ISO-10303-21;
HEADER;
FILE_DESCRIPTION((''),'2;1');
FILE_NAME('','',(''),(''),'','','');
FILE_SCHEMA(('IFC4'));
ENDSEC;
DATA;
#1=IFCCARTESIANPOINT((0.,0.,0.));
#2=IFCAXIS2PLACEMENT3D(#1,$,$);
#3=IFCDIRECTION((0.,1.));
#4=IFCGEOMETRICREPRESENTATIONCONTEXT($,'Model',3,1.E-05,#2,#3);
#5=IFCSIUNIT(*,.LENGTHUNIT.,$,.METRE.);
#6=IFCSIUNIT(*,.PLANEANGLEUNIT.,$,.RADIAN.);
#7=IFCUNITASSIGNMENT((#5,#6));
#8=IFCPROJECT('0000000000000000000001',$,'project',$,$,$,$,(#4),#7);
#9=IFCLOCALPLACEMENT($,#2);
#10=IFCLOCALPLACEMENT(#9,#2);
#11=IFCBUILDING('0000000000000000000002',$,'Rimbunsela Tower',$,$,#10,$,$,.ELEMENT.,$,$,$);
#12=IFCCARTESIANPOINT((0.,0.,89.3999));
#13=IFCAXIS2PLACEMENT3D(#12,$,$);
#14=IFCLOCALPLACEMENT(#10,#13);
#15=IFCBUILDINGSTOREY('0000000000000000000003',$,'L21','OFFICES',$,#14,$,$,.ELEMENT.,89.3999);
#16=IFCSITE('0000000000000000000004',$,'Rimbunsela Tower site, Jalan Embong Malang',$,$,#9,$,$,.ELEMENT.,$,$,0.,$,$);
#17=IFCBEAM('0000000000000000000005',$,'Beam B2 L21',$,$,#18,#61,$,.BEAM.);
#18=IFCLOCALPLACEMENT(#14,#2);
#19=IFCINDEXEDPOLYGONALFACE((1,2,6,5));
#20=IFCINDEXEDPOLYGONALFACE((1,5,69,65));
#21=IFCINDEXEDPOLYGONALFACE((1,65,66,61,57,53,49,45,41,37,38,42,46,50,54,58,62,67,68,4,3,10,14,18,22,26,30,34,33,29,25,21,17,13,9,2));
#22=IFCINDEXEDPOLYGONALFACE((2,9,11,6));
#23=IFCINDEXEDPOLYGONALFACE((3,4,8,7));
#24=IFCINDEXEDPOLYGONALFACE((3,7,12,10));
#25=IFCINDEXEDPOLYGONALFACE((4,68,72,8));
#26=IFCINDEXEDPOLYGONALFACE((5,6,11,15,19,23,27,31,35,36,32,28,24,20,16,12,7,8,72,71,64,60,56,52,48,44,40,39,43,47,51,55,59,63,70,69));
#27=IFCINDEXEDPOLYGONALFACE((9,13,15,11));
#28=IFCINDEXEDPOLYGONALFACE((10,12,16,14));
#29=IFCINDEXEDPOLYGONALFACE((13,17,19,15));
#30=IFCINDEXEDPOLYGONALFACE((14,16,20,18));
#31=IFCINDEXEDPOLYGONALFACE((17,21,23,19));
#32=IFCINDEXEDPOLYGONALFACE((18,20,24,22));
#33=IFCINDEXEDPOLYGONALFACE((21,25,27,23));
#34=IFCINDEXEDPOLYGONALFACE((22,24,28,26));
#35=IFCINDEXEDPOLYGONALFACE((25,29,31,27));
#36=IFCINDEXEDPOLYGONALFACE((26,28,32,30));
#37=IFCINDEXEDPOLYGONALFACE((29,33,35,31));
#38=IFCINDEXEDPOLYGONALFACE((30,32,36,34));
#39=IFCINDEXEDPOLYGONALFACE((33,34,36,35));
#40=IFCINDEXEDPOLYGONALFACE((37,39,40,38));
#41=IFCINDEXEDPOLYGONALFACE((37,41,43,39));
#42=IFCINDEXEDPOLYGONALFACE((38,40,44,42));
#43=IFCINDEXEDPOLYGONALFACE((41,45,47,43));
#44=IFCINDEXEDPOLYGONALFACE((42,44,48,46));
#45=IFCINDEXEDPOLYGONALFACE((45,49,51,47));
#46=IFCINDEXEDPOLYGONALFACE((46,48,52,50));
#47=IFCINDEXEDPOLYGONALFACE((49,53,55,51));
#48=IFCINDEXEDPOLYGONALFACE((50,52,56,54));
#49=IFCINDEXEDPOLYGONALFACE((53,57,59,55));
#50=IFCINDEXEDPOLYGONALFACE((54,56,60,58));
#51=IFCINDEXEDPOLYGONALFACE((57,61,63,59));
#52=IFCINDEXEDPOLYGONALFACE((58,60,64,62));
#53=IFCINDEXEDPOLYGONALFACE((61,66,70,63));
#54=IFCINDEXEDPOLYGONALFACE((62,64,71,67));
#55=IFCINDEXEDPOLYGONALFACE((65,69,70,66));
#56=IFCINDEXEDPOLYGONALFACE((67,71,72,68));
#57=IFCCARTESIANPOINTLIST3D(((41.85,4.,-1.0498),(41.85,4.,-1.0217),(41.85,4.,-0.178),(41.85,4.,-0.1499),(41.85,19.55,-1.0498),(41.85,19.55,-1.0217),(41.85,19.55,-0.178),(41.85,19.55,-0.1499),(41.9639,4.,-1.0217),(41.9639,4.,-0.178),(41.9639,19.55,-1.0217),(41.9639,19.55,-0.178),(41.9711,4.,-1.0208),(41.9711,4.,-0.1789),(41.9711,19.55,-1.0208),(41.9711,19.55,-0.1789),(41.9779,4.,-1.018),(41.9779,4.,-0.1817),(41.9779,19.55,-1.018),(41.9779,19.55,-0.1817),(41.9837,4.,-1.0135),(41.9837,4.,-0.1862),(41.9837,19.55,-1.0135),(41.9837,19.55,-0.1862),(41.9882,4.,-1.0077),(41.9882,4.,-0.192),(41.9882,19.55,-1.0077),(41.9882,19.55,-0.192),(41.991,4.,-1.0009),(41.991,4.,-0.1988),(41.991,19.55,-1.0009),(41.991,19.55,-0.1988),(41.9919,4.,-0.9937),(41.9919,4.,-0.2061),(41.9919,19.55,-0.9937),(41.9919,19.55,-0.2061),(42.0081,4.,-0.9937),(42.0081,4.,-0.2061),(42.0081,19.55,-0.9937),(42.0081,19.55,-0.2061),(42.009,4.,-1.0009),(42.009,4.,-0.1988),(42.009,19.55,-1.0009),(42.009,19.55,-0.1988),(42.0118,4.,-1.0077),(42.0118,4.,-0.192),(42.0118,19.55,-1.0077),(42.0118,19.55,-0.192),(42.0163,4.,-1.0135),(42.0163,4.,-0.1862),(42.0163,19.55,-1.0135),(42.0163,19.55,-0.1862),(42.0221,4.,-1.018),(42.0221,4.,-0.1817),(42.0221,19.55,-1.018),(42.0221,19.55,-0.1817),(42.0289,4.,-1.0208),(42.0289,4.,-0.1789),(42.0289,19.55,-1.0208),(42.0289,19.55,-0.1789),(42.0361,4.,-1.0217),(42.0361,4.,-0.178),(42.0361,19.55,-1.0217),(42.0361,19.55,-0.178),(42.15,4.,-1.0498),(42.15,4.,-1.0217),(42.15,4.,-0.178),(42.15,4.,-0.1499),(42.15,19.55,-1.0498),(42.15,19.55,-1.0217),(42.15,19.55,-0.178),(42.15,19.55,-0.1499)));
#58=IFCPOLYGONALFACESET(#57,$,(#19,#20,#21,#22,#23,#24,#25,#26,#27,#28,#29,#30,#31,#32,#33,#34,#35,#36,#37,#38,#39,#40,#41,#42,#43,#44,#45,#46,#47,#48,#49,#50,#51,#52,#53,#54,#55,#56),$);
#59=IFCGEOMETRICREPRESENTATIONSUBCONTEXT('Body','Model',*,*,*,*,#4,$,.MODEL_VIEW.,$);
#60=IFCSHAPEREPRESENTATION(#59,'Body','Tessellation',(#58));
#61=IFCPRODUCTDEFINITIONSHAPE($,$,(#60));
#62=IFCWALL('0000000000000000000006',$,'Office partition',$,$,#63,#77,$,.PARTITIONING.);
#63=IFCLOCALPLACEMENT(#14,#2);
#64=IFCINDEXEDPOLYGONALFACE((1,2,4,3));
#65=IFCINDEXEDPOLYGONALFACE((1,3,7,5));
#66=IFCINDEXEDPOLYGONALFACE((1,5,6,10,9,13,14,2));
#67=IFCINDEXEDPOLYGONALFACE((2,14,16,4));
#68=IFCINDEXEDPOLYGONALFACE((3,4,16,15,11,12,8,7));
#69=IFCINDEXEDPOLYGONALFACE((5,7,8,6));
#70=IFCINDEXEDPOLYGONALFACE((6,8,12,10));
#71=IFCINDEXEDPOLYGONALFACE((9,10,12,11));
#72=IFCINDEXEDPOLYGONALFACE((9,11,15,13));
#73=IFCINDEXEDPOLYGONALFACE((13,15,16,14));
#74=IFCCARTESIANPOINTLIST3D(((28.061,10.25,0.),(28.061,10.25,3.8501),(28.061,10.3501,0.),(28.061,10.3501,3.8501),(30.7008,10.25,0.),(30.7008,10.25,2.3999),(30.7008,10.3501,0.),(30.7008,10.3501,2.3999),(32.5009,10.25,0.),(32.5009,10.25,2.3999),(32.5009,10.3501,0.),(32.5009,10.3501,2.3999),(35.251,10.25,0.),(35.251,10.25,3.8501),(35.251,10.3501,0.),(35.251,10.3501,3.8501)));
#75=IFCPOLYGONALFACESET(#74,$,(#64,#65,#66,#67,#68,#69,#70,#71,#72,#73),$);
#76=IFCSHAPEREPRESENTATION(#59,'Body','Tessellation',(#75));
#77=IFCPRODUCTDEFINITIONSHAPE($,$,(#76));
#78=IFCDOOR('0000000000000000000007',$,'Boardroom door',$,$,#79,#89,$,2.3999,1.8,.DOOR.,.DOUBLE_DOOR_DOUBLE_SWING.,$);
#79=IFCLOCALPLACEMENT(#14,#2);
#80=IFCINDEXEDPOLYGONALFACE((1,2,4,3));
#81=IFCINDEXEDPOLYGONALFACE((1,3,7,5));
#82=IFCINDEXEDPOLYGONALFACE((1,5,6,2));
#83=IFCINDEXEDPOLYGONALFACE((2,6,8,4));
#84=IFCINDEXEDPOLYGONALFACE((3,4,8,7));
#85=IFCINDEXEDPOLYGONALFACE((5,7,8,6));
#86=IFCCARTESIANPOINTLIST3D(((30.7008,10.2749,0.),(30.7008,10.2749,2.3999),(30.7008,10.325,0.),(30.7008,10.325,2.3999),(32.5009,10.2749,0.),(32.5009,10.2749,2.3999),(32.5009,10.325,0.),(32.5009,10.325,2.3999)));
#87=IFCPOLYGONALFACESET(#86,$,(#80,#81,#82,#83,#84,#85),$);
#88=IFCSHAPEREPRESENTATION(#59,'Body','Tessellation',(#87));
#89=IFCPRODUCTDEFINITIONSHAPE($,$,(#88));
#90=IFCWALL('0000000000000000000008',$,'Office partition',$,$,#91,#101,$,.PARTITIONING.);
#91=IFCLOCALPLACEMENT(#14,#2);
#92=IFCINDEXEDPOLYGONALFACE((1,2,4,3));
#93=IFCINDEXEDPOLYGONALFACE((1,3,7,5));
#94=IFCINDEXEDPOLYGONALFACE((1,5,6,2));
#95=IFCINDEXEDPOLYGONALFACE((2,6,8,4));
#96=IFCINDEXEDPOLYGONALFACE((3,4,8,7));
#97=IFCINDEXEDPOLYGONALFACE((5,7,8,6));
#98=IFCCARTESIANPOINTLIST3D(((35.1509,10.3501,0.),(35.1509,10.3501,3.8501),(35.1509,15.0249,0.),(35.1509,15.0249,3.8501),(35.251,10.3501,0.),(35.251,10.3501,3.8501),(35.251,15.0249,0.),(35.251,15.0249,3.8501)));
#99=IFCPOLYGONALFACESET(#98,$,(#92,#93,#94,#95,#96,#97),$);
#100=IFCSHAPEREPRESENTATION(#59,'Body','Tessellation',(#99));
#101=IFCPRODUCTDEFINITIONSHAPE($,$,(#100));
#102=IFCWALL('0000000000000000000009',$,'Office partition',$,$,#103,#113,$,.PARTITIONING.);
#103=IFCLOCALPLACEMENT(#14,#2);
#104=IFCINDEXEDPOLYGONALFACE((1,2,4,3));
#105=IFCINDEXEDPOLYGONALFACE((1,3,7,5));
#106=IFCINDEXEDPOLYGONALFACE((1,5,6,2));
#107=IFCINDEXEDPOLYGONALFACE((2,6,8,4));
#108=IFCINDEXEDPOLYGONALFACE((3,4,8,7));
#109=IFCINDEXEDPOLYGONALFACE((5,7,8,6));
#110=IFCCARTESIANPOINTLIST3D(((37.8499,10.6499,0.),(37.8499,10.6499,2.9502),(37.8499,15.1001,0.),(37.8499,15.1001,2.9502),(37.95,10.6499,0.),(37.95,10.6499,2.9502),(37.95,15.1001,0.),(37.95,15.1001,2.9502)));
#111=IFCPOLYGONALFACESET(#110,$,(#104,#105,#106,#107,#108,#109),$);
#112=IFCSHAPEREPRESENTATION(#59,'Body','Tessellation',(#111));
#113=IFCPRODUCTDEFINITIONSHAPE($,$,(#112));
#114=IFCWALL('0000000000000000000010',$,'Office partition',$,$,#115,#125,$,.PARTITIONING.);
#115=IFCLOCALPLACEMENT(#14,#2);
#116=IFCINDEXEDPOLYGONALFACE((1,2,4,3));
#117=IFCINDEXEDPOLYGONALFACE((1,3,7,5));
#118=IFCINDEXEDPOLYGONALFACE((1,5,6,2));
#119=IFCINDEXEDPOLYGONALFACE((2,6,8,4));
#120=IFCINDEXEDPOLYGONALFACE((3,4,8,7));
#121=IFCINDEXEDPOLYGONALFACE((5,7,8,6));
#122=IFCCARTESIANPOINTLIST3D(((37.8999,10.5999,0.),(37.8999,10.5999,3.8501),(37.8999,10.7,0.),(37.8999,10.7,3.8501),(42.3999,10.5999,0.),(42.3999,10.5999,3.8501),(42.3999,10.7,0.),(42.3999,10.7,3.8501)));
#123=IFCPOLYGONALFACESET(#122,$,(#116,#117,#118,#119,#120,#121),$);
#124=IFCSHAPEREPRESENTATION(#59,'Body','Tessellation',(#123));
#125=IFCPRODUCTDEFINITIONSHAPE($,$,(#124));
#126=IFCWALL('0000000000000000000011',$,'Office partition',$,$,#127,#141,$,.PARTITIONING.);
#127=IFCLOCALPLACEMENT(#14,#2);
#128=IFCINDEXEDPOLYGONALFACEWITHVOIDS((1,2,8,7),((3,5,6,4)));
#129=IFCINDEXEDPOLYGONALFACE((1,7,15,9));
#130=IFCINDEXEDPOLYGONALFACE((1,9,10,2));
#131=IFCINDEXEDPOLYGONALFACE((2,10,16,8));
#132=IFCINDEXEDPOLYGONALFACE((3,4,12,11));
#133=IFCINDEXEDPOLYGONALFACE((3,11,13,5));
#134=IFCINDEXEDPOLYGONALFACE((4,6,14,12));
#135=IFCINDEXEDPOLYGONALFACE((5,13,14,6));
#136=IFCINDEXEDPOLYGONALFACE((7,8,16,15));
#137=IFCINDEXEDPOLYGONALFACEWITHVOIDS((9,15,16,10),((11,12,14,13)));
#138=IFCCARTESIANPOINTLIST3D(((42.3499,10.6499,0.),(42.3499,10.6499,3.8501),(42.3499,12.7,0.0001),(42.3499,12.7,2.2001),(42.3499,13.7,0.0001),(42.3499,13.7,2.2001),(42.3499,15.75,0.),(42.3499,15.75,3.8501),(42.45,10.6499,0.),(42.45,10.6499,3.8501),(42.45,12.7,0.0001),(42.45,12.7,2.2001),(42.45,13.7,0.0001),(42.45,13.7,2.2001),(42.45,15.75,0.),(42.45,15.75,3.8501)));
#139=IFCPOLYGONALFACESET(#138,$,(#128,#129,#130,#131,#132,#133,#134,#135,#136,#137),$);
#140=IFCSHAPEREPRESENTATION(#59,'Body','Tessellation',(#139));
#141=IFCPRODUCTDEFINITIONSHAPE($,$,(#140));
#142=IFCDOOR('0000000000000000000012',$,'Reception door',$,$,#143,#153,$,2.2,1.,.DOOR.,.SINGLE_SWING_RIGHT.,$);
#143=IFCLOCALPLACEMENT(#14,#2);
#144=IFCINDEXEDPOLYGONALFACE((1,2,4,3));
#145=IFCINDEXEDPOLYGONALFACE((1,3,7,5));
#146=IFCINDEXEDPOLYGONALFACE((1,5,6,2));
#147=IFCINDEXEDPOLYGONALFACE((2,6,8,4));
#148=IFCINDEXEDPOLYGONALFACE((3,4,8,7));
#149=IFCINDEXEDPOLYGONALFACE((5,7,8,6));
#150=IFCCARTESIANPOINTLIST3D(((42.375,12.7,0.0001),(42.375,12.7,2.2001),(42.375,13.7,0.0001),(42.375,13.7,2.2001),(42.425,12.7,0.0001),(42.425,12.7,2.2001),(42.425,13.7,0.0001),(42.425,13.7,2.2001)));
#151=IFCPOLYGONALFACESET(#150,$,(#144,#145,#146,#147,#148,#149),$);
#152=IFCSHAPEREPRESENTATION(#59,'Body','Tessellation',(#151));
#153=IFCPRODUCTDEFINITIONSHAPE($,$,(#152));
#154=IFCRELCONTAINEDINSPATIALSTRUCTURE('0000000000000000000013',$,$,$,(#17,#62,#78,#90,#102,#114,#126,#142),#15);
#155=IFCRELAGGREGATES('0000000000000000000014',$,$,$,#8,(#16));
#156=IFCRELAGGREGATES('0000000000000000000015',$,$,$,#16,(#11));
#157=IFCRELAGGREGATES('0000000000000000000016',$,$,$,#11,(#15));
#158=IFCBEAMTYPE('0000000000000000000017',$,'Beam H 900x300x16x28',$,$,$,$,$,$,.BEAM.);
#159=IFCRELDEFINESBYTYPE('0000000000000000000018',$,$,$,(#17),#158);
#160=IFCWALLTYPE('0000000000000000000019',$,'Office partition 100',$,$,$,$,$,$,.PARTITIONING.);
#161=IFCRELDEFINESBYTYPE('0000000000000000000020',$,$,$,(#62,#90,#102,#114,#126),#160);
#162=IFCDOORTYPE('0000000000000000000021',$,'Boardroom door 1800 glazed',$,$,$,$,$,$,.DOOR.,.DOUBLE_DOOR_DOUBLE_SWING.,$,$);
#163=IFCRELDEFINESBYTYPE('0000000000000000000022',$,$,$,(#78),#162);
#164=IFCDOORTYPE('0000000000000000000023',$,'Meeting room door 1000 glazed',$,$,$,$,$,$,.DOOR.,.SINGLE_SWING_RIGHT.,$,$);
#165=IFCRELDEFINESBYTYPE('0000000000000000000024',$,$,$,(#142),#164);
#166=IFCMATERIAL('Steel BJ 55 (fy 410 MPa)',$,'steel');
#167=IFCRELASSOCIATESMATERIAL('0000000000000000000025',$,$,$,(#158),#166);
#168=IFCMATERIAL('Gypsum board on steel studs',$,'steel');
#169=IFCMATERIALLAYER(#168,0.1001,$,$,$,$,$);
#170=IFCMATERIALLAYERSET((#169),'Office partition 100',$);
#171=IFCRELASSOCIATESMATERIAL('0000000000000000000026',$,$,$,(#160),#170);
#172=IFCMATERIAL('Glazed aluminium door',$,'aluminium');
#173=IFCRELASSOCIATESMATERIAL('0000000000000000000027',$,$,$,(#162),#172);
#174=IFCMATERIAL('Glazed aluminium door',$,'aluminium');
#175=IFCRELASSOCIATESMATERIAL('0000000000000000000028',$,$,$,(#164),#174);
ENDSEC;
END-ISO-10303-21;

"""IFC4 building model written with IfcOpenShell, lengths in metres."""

from ifc_helpers import new_model, si_unit, direction, frame, frame_2d, origin, origin_2d, place, context, subcontext, project, spatial, rectangle, i_section, extrude, material, layer, layer_set, material_profile, profile_set, type_object, element, fill, save


model = new_model("IFC4")

# Units and contexts
model_context = context("Model", 3, precision=1e-05, world=origin(), true_north=direction((0.0, 1.0)))
body_context = subcontext(model_context, "Body", "Model", "MODEL_VIEW")
ifc_project = project(units=[si_unit("LENGTHUNIT", "METRE"), si_unit("PLANEANGLEUNIT", "RADIAN")], contexts=[model_context])

# Site, building, storey
site_placement = place(None, origin())
site = spatial("IfcSite", under=ifc_project, at=site_placement, Name="Rimbunsela Tower site, Jalan Embong Malang", CompositionType="ELEMENT", RefElevation=0.0)
building_placement = place(site_placement, origin())
building = spatial("IfcBuilding", under=site, at=building_placement, Name="Rimbunsela Tower", CompositionType="ELEMENT")
storey_placement = place(building_placement, frame((0.0, 0.0, 89.3999)))
storey = spatial("IfcBuildingStorey", under=building, at=storey_placement, Name="L21", Description="OFFICES", CompositionType="ELEMENT", Elevation=89.3999)

# Beam
ifc_material_1 = material(Name="Steel BJ 55 (fy 410 MPa)", Category="steel")
ifc_material_profile_1 = material_profile(ifc_material_1, i_section(OverallWidth=0.3, OverallDepth=0.8999, WebThickness=0.0161, FlangeThickness=0.0281, FilletRadius=0.0281, at=origin_2d()), Name="H 900x300x16x28")
ifc_profile_set_1 = profile_set([ifc_material_profile_1], Name="Steel BJ 55 (fy 410 MPa)")
beam_type = type_object("IfcBeamType", Name="Beam H 900x300x16x28", PredefinedType="BEAM", material=ifc_profile_set_1)
beam_1_placement = place(storey_placement, frame((42.0, 4.0, -0.5999), z_axis=(0.0, 1.0, 0.0), x_axis=(-1.0, 0.0, 0.0)))
element("IfcBeam", 1, at=beam_1_placement, inside=storey, type_object=beam_type, Name="Beam B2 L21", PredefinedType="BEAM", context=body_context, shape_type="SweptSolid", body=[
    extrude(i_section(OverallWidth=0.3, OverallDepth=0.8999, WebThickness=0.0161, FlangeThickness=0.0281, FilletRadius=0.0281, at=origin_2d()), origin(), (0.0, 0.0, 1.0), 15.55),
])

# Wall, opening, door
ifc_material_2 = material(Name="Gypsum board on steel studs", Category="steel")
ifc_layer_1 = layer(ifc_material_2, 0.1001)
ifc_layer_set_1 = layer_set([ifc_layer_1], Name="Office partition 100")
wall_type_1 = type_object("IfcWallType", Name="Office partition 100", PredefinedType="PARTITIONING", material=ifc_layer_set_1)
wall_1_placement = place(storey_placement, frame((28.061, 10.3, 0.0), z_axis=(0.0, 0.0, 1.0), x_axis=(1.0, 0.0, 0.0)))
wall_1 = element("IfcWall", 2, at=wall_1_placement, inside=storey, type_object=wall_type_1, Name="Office partition", PredefinedType="PARTITIONING", context=body_context, shape_type="SweptSolid", body=[
    extrude(rectangle(XDim=7.1899, YDim=0.1001, at=frame_2d((3.595, 0.0))), origin(), (0.0, 0.0, 1.0), 3.8501),
])
opening_1_placement = place(wall_1_placement, frame((2.6399, 0.0, 0.0)))
opening_1 = element("IfcOpeningElement", 3, at=opening_1_placement, cuts=wall_1, PredefinedType="OPENING", context=body_context, shape_type="SweptSolid", body=[
    extrude(rectangle(XDim=1.8, YDim=2.3999, at=frame_2d((0.8999, 1.2))), frame((0.0, 0.0601, 0.0), z_axis=(0.0, -1.0, 0.0), x_axis=(1.0, 0.0, 0.0)), (0.0, 0.0, 1.0), 0.1201),
])
ifc_material_3 = material(Name="Glazed aluminium door", Category="aluminium")
door_type_1 = type_object("IfcDoorType", Name="Boardroom door 1800 glazed", OperationType="DOUBLE_DOOR_DOUBLE_SWING", PredefinedType="DOOR", material=ifc_material_3)
door_1_placement = place(opening_1_placement, origin())
door_1 = element("IfcDoor", 4, at=door_1_placement, inside=storey, type_object=door_type_1, Name="Boardroom door", OperationType="DOUBLE_DOOR_DOUBLE_SWING", OverallHeight=2.3999, OverallWidth=1.8, PredefinedType="DOOR", context=body_context, shape_type="SweptSolid", body=[
    extrude(rectangle(XDim=1.8, YDim=2.3999, at=frame_2d((0.8999, 1.2))), frame((0.0, 0.0249, 0.0), z_axis=(0.0, -1.0, 0.0), x_axis=(1.0, 0.0, 0.0)), (0.0, 0.0, 1.0), 0.05),
])
fill(opening_1, door_1)

# Walls
wall_2_placement = place(storey_placement, frame((35.2009, 10.3501, 0.0), z_axis=(0.0, 0.0, 1.0), x_axis=(0.0, 1.0, 0.0)))
element("IfcWall", 5, at=wall_2_placement, inside=storey, type_object=wall_type_1, Name="Office partition", PredefinedType="PARTITIONING", context=body_context, shape_type="SweptSolid", body=[
    extrude(rectangle(XDim=4.6748, YDim=0.1001, at=frame_2d((2.3374, 0.0))), origin(), (0.0, 0.0, 1.0), 3.8501),
])
wall_3_placement = place(storey_placement, frame((37.8999, 15.1001, 0.0), z_axis=(0.0, 0.0, 1.0), x_axis=(0.0, -1.0, 0.0)))
element("IfcWall", 6, at=wall_3_placement, inside=storey, type_object=wall_type_1, Name="Office partition", PredefinedType="PARTITIONING", context=body_context, shape_type="SweptSolid", body=[
    extrude(rectangle(XDim=4.4502, YDim=0.1001, at=frame_2d((2.2251, 0.0))), origin(), (0.0, 0.0, 1.0), 2.9502),
])
wall_4_placement = place(storey_placement, frame((37.8999, 10.6499, 0.0), z_axis=(0.0, 0.0, 1.0), x_axis=(1.0, 0.0, 0.0)))
element("IfcWall", 7, at=wall_4_placement, inside=storey, type_object=wall_type_1, Name="Office partition", PredefinedType="PARTITIONING", context=body_context, shape_type="SweptSolid", body=[
    extrude(rectangle(XDim=4.5, YDim=0.1001, at=frame_2d((2.25, 0.0))), origin(), (0.0, 0.0, 1.0), 3.8501),
])

# Wall, opening, door
wall_5_placement = place(storey_placement, frame((42.3999, 10.6499, 0.0), z_axis=(0.0, 0.0, 1.0), x_axis=(0.0, 1.0, 0.0)))
wall_5 = element("IfcWall", 8, at=wall_5_placement, inside=storey, type_object=wall_type_1, Name="Office partition", PredefinedType="PARTITIONING", context=body_context, shape_type="SweptSolid", body=[
    extrude(rectangle(XDim=5.1001, YDim=0.1001, at=frame_2d((2.55, 0.0))), origin(), (0.0, 0.0, 1.0), 3.8501),
])
opening_2_placement = place(wall_5_placement, frame((2.05, 0.0, 0.0)))
opening_2 = element("IfcOpeningElement", 9, at=opening_2_placement, cuts=wall_5, PredefinedType="OPENING", context=body_context, shape_type="SweptSolid", body=[
    extrude(rectangle(XDim=1.0, YDim=2.2, at=frame_2d((0.5, 1.1001))), frame((0.0, 0.0601, 0.0), z_axis=(0.0, -1.0, 0.0), x_axis=(1.0, 0.0, 0.0)), (0.0, 0.0, 1.0), 0.1201),
])
ifc_material_4 = material(Name="Glazed aluminium door", Category="aluminium")
door_type_2 = type_object("IfcDoorType", Name="Meeting room door 1000 glazed", OperationType="SINGLE_SWING_RIGHT", PredefinedType="DOOR", material=ifc_material_4)
door_2_placement = place(opening_2_placement, origin())
door_2 = element("IfcDoor", 10, at=door_2_placement, inside=storey, type_object=door_type_2, Name="Reception door", OperationType="SINGLE_SWING_RIGHT", OverallHeight=2.2, OverallWidth=1.0, PredefinedType="DOOR", context=body_context, shape_type="SweptSolid", body=[
    extrude(rectangle(XDim=1.0, YDim=2.2, at=frame_2d((0.5, 1.1001))), frame((0.0, 0.0249, 0.0), z_axis=(0.0, -1.0, 0.0), x_axis=(1.0, 0.0, 0.0)), (0.0, 0.0, 1.0), 0.05),
])
fill(opening_2, door_2)

save(model, "model.ifc")
